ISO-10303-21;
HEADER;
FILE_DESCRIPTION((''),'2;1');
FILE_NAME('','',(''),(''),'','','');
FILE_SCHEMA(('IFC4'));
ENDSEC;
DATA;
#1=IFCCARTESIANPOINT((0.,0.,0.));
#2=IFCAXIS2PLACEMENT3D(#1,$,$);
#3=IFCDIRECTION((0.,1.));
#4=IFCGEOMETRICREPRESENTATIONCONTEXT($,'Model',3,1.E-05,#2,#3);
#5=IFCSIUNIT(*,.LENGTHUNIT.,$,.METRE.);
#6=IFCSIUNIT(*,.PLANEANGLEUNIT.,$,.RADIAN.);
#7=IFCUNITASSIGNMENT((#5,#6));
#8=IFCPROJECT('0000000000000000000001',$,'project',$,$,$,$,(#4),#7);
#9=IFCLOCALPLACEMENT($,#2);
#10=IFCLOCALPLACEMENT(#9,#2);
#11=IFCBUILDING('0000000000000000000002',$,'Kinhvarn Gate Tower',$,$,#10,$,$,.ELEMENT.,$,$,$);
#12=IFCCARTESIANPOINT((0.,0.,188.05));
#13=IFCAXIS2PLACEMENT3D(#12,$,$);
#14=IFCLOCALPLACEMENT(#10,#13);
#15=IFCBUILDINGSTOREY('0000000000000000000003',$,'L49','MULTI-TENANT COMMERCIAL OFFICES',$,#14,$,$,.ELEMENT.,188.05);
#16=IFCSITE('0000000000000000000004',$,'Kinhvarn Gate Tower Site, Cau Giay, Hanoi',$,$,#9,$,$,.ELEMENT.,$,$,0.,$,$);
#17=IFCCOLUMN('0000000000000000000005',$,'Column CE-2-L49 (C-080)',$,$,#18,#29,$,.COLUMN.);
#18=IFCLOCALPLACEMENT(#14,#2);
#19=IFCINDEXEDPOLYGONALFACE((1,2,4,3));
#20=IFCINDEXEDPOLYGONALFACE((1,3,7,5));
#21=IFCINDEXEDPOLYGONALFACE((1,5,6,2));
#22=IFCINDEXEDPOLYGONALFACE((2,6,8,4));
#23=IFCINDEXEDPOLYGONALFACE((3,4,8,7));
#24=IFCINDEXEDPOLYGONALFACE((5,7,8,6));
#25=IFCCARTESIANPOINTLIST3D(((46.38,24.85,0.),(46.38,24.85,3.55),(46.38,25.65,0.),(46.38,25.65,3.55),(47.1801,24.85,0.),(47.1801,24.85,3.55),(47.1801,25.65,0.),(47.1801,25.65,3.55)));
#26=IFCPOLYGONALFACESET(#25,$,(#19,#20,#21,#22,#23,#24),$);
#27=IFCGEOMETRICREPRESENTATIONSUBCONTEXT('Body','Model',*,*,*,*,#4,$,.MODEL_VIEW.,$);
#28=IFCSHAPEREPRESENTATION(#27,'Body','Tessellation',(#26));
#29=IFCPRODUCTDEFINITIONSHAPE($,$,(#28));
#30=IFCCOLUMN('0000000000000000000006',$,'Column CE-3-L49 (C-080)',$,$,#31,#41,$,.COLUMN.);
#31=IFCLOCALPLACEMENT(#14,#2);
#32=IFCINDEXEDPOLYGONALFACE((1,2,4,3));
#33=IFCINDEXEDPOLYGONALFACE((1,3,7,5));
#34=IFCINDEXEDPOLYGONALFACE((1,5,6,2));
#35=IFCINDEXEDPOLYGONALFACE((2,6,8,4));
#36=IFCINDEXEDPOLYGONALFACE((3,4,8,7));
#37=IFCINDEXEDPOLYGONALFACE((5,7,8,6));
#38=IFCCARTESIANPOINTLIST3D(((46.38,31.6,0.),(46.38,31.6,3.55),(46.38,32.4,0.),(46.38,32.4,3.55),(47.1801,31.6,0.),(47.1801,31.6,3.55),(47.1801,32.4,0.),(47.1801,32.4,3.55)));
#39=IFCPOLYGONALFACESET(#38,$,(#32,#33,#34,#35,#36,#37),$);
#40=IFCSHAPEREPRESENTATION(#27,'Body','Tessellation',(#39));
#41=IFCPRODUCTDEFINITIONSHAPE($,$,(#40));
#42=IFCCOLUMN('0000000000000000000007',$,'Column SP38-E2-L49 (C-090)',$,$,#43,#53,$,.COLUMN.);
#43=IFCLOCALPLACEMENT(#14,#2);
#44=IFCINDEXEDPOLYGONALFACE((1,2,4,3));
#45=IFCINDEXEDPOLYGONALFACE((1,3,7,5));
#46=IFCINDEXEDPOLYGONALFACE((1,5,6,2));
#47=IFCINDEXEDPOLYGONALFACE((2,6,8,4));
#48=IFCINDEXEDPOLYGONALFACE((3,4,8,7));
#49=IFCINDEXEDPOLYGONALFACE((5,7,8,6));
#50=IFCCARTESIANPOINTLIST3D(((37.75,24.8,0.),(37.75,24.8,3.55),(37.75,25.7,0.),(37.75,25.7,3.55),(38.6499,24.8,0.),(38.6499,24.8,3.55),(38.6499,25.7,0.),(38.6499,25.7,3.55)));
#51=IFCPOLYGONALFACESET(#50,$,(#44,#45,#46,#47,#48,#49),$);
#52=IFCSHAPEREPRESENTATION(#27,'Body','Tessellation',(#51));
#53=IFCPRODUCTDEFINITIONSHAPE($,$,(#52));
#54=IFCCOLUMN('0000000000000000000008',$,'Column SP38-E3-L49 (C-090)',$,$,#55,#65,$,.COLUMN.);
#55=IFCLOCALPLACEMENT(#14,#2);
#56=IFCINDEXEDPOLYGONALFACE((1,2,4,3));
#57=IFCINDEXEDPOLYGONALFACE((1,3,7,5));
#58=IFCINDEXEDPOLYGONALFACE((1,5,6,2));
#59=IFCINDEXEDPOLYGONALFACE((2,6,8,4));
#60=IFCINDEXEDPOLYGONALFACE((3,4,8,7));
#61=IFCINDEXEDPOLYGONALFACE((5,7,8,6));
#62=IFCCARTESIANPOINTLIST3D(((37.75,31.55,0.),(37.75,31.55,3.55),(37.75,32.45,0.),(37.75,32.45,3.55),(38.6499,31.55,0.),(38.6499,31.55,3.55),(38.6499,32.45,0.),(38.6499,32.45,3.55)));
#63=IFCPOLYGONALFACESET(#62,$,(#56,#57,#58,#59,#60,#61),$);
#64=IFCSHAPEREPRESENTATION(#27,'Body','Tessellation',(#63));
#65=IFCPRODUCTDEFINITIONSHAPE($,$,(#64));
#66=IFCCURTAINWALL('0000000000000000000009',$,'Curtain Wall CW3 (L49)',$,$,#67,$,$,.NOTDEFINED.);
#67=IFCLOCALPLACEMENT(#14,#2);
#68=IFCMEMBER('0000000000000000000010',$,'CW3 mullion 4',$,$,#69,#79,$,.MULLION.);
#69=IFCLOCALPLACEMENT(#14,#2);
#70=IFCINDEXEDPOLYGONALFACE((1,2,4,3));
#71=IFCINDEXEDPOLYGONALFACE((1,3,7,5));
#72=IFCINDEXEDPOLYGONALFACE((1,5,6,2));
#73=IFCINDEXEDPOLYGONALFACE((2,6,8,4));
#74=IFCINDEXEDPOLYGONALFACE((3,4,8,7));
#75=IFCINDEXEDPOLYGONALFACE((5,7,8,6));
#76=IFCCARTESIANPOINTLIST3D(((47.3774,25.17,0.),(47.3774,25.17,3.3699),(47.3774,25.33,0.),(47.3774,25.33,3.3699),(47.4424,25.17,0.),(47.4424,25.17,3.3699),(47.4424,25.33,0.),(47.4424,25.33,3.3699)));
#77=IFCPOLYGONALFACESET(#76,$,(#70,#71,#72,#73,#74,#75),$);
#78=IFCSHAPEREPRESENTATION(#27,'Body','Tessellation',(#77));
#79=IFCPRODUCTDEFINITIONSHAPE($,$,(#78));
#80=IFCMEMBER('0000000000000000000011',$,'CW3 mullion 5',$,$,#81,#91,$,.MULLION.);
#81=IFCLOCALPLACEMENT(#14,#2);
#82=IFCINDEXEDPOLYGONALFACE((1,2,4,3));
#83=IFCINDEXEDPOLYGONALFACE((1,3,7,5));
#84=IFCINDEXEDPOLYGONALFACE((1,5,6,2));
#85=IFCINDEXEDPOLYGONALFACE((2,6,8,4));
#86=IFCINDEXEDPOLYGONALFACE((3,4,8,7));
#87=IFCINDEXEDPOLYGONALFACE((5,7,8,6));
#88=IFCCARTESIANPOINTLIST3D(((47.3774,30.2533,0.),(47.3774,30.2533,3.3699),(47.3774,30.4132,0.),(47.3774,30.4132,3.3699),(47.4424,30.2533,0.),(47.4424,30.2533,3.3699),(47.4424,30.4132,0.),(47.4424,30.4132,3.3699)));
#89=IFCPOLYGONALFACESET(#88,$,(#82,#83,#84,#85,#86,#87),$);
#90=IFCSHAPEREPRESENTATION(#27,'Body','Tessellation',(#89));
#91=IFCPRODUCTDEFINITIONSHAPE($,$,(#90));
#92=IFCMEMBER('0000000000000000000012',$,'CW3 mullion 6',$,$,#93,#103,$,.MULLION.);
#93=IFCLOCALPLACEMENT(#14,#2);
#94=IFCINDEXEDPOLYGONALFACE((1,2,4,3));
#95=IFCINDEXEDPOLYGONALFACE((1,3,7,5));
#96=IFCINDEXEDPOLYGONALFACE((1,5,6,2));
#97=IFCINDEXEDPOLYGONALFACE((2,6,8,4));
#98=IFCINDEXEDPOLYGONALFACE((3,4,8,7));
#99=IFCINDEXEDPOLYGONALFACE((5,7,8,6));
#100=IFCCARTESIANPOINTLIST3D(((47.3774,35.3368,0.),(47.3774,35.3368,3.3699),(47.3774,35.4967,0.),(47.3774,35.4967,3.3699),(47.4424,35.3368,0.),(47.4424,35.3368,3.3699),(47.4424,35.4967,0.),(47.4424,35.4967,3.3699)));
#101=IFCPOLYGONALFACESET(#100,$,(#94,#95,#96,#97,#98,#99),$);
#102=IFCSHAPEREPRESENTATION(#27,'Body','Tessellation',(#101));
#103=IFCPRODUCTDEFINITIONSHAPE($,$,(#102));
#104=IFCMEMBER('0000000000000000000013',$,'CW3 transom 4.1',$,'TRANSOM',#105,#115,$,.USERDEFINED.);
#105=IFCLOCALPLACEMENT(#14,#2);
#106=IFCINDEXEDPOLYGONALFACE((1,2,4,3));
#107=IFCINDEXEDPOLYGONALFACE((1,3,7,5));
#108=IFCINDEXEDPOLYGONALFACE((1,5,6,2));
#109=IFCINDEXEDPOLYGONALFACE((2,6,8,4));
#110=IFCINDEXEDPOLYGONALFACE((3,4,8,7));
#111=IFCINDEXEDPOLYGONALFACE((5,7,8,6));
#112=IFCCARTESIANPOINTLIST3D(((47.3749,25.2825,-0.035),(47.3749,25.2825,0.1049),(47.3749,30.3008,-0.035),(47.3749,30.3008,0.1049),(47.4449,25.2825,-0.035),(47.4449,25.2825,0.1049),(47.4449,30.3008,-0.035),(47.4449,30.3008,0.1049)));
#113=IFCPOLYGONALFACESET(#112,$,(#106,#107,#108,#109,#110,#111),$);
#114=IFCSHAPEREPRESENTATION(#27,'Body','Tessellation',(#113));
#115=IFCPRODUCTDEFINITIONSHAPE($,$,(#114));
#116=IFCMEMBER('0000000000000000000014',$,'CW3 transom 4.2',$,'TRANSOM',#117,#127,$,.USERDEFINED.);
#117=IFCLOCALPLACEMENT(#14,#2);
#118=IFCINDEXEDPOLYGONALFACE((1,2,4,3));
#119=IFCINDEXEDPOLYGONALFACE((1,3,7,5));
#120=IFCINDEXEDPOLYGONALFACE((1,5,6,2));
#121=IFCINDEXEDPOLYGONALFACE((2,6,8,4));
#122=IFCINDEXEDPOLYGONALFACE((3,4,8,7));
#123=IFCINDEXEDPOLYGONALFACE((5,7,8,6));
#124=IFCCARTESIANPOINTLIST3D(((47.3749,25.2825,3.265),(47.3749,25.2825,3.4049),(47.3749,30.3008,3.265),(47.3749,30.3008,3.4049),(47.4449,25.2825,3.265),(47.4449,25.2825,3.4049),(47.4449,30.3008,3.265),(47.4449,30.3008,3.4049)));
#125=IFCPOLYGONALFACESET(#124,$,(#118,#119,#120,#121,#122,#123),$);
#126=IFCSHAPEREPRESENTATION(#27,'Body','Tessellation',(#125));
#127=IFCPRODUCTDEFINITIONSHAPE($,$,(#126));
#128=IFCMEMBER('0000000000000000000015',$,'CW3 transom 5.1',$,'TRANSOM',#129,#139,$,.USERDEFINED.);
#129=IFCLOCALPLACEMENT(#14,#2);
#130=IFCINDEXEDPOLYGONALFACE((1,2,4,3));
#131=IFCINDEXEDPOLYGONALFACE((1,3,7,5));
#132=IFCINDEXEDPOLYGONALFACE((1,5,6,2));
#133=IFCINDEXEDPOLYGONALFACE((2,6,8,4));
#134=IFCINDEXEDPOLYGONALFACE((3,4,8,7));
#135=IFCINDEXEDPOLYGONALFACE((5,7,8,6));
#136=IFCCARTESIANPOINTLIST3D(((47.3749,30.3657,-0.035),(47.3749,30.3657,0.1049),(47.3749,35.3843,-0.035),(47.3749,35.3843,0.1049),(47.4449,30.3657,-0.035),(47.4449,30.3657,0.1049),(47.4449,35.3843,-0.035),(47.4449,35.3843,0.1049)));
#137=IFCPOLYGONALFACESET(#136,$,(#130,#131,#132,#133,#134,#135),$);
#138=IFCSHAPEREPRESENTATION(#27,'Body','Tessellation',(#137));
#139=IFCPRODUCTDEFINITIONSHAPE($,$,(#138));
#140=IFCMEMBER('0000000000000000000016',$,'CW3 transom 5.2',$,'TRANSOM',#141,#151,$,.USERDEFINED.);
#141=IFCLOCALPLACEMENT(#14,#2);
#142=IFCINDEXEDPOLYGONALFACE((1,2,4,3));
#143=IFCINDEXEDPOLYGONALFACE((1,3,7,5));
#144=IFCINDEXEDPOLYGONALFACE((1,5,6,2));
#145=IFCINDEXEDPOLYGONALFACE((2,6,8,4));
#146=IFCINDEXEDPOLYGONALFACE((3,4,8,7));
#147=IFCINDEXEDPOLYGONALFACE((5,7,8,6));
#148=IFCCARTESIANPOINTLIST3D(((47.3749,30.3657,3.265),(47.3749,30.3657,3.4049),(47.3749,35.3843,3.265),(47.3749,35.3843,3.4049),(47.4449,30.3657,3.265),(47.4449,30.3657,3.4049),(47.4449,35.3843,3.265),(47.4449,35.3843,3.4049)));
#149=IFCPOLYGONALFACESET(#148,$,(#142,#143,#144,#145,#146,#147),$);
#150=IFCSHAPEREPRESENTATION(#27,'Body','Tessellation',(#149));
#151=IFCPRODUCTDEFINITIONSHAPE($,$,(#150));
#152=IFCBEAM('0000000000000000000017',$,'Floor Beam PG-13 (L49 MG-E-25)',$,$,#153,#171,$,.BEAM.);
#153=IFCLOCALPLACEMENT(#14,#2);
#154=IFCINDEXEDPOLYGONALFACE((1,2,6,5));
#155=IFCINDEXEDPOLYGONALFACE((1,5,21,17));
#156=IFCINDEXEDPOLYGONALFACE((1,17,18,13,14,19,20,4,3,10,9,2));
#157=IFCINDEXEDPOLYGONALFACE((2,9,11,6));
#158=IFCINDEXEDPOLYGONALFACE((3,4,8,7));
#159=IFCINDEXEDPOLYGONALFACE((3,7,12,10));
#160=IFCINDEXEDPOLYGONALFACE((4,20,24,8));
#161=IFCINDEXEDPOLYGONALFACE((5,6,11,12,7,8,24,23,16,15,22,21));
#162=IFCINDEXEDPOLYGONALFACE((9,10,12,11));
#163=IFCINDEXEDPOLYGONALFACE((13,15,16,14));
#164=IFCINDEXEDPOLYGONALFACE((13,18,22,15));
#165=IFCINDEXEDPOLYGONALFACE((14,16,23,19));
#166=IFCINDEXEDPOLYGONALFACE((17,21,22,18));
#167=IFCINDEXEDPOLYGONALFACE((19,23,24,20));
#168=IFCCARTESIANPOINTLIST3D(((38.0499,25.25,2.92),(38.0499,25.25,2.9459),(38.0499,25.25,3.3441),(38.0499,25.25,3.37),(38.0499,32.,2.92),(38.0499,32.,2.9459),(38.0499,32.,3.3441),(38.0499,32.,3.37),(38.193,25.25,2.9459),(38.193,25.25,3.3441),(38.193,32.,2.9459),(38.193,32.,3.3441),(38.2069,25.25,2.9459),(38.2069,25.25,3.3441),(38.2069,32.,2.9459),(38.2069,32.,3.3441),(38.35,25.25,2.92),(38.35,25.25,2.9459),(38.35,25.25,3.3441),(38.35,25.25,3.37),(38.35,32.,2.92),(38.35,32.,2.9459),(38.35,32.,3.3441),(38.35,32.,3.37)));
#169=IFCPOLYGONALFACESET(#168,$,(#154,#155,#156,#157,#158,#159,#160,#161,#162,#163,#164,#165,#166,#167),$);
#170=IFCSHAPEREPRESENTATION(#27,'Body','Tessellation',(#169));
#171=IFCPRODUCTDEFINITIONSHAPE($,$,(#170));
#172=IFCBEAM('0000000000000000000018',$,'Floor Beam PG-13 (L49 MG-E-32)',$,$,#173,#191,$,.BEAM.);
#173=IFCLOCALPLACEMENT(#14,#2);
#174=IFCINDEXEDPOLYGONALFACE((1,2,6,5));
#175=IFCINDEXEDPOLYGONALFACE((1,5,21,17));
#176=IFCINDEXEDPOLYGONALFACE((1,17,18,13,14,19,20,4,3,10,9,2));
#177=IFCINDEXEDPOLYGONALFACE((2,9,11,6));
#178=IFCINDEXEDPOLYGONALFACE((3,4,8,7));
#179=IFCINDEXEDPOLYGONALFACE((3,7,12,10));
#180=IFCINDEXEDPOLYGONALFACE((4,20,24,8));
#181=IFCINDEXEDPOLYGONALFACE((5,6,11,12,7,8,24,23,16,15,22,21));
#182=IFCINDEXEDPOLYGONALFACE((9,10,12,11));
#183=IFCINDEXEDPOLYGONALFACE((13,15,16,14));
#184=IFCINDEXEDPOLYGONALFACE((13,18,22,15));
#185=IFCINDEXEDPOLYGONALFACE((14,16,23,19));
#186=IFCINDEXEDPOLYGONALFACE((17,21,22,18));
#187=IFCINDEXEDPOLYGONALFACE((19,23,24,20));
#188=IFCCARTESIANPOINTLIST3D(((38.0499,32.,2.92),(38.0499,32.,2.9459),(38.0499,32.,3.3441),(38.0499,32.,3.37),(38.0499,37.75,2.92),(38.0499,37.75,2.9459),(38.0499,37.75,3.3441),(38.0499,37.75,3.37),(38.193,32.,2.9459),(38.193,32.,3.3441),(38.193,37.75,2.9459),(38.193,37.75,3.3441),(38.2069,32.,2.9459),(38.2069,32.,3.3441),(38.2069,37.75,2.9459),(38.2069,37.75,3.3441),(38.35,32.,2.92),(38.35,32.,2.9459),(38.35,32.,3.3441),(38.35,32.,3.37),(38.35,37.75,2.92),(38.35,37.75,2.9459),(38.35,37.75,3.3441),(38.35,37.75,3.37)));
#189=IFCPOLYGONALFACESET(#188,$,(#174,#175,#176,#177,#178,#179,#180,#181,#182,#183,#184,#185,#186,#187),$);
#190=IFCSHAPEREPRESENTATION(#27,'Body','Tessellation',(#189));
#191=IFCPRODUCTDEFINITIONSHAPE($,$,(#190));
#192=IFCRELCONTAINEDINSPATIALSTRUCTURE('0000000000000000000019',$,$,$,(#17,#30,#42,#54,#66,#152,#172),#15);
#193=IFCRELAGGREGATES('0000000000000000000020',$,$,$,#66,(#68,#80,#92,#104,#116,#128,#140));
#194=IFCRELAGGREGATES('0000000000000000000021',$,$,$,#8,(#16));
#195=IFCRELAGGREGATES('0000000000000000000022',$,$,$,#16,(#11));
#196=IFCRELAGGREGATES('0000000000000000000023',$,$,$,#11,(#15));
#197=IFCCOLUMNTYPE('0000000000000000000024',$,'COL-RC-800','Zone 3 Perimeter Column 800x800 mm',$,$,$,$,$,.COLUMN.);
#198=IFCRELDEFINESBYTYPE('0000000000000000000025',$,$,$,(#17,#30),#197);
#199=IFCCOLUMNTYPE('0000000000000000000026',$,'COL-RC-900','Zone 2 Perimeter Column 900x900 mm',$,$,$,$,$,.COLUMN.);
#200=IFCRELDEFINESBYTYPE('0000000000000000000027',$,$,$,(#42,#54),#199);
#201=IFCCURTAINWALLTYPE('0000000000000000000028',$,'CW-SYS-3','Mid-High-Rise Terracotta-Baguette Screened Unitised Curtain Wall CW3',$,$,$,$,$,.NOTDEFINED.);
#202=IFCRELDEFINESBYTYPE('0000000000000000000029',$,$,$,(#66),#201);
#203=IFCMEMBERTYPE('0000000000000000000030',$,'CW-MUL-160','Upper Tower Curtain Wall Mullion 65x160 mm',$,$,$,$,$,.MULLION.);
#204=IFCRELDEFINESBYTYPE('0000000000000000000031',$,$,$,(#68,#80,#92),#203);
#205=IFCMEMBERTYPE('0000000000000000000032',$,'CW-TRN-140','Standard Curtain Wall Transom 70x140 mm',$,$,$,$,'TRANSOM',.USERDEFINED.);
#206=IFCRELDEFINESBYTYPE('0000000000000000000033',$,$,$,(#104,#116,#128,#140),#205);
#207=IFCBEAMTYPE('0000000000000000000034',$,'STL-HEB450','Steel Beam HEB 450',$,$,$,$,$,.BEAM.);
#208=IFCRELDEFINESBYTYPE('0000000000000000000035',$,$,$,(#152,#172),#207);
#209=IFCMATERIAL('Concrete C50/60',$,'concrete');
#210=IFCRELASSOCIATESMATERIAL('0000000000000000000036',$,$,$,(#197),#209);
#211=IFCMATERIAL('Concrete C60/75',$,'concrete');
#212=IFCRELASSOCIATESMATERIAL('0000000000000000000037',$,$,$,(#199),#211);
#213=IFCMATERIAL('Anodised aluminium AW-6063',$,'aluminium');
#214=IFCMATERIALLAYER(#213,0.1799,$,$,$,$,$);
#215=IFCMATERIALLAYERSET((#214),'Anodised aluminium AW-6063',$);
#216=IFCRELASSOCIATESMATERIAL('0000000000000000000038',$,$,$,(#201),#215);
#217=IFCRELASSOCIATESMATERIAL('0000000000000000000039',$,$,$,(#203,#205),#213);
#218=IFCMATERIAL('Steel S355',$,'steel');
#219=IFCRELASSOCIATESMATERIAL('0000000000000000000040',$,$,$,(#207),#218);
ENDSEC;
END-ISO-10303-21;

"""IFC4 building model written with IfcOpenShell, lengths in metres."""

from ifc_helpers import new_model, si_unit, direction, frame, origin, origin_2d, place, context, subcontext, project, spatial, rectangle, i_section, extrude, material, layer, layer_set, material_profile, profile_set, type_object, element, aggregate, save


model = new_model("IFC4")

# Units and contexts
model_context = context("Model", 3, precision=1e-05, world=origin(), true_north=direction((0.0, 1.0)))
body_context = subcontext(model_context, "Body", "Model", "MODEL_VIEW")
ifc_project = project(units=[si_unit("LENGTHUNIT", "METRE"), si_unit("PLANEANGLEUNIT", "RADIAN")], contexts=[model_context])

# Site, building, storey
site_placement = place(None, origin())
site = spatial("IfcSite", under=ifc_project, at=site_placement, Name="Kinhvarn Gate Tower Site, Cau Giay, Hanoi", CompositionType="ELEMENT", RefElevation=0.0)
building_placement = place(site_placement, origin())
building = spatial("IfcBuilding", under=site, at=building_placement, Name="Kinhvarn Gate Tower", CompositionType="ELEMENT")
storey_placement = place(building_placement, frame((0.0, 0.0, 188.05)))
storey = spatial("IfcBuildingStorey", under=building, at=storey_placement, Name="L49", Description="MULTI-TENANT COMMERCIAL OFFICES", CompositionType="ELEMENT", Elevation=188.05)

# Columns
ifc_material_1 = material(Name="Concrete C50/60", Category="concrete")
ifc_material_profile_1 = material_profile(ifc_material_1, rectangle(XDim=0.8, YDim=0.8, at=origin_2d()), Name="RC 800x800")
ifc_profile_set_1 = profile_set([ifc_material_profile_1], Name="Concrete C50/60")
column_type_1 = type_object("IfcColumnType", Name="COL-RC-800", Description="Zone 3 Perimeter Column 800x800 mm", PredefinedType="COLUMN", material=ifc_profile_set_1)
for number, where, z_axis, x_axis, name in (
    (1, (46.78, 25.25, 0.0), (0.0, 0.0, 1.0), (1.0, 0.0, 0.0), "Column CE-2-L49 (C-080)"),
    (2, (46.78, 32.0, 0.0), (0.0, 0.0, 1.0), (1.0, 0.0, 0.0), "Column CE-3-L49 (C-080)"),
):
    element("IfcColumn", number, at=place(storey_placement, frame(where, z_axis=z_axis, x_axis=x_axis)), inside=storey, type_object=column_type_1, Name=name, PredefinedType="COLUMN", context=body_context, shape_type="SweptSolid", body=[
        extrude(rectangle(XDim=0.8, YDim=0.8, at=origin_2d()), origin(), (0.0, 0.0, 1.0), 3.55),
    ])
ifc_material_2 = material(Name="Concrete C60/75", Category="concrete")
ifc_material_profile_2 = material_profile(ifc_material_2, rectangle(XDim=0.8999, YDim=0.8999, at=origin_2d()), Name="RC 900x900")
ifc_profile_set_2 = profile_set([ifc_material_profile_2], Name="Concrete C60/75")
column_type_2 = type_object("IfcColumnType", Name="COL-RC-900", Description="Zone 2 Perimeter Column 900x900 mm", PredefinedType="COLUMN", material=ifc_profile_set_2)
for number, where, z_axis, x_axis, name in (
    (3, (38.2, 25.25, 0.0), (0.0, 0.0, 1.0), (1.0, 0.0, 0.0), "Column SP38-E2-L49 (C-090)"),
    (4, (38.2, 32.0, 0.0), (0.0, 0.0, 1.0), (1.0, 0.0, 0.0), "Column SP38-E3-L49 (C-090)"),
):
    element("IfcColumn", number, at=place(storey_placement, frame(where, z_axis=z_axis, x_axis=x_axis)), inside=storey, type_object=column_type_2, Name=name, PredefinedType="COLUMN", context=body_context, shape_type="SweptSolid", body=[
        extrude(rectangle(XDim=0.8999, YDim=0.8999, at=origin_2d()), origin(), (0.0, 0.0, 1.0), 3.55),
    ])

# Curtain wall, members
ifc_material_3 = material(Name="Anodised aluminium AW-6063", Category="aluminium")
ifc_layer_1 = layer(ifc_material_3, 0.1799)
ifc_layer_set_1 = layer_set([ifc_layer_1], Name="Anodised aluminium AW-6063")
curtain_wall_type = type_object("IfcCurtainWallType", Name="CW-SYS-3", Description="Mid-High-Rise Terracotta-Baguette Screened Unitised Curtain Wall CW3", PredefinedType="NOTDEFINED", material=ifc_layer_set_1)
curtain_wall_placement = place(storey_placement, origin())
curtain_wall = element("IfcCurtainWall", 5, at=curtain_wall_placement, inside=storey, type_object=curtain_wall_type, Name="Curtain Wall CW3 (L49)", PredefinedType="NOTDEFINED")
ifc_material_profile_3 = material_profile(ifc_material_3, rectangle(XDim=0.0649, YDim=0.1599, at=origin_2d()), Name="ALU 65x160")
ifc_profile_set_3 = profile_set([ifc_material_profile_3], Name="Anodised aluminium AW-6063")
member_type_1 = type_object("IfcMemberType", Name="CW-MUL-160", Description="Upper Tower Curtain Wall Mullion 65x160 mm", PredefinedType="MULLION", material=ifc_profile_set_3)
member_1_placement = place(storey_placement, frame((47.4099, 25.25, 0.0), z_axis=(0.0, 0.0, 1.0), x_axis=(-1.0, 0.0, 0.0)))
member_1 = element("IfcMember", 6, at=member_1_placement, type_object=member_type_1, Name="CW3 mullion 4", PredefinedType="MULLION", context=body_context, shape_type="SweptSolid", body=[
    extrude(rectangle(XDim=0.0649, YDim=0.1599, at=origin_2d()), origin(), (0.0, 0.0, 1.0), 3.3699),
])
member_2_placement = place(storey_placement, frame((47.4099, 30.3333, 0.0), z_axis=(0.0, 0.0, 1.0), x_axis=(-1.0, 0.0, 0.0)))
member_2 = element("IfcMember", 7, at=member_2_placement, type_object=member_type_1, Name="CW3 mullion 5", PredefinedType="MULLION", context=body_context, shape_type="SweptSolid", body=[
    extrude(rectangle(XDim=0.0649, YDim=0.1599, at=origin_2d()), origin(), (0.0, 0.0, 1.0), 3.3699),
])
member_3_placement = place(storey_placement, frame((47.4099, 35.4167, 0.0), z_axis=(0.0, 0.0, 1.0), x_axis=(-1.0, 0.0, 0.0)))
member_3 = element("IfcMember", 8, at=member_3_placement, type_object=member_type_1, Name="CW3 mullion 6", PredefinedType="MULLION", context=body_context, shape_type="SweptSolid", body=[
    extrude(rectangle(XDim=0.0649, YDim=0.1599, at=origin_2d()), origin(), (0.0, 0.0, 1.0), 3.3699),
])
ifc_material_profile_4 = material_profile(ifc_material_3, rectangle(XDim=0.0701, YDim=0.1399, at=origin_2d()), Name="ALU 70x140")
ifc_profile_set_4 = profile_set([ifc_material_profile_4], Name="Anodised aluminium AW-6063")
member_type_2 = type_object("IfcMemberType", Name="CW-TRN-140", Description="Standard Curtain Wall Transom 70x140 mm", ElementType="TRANSOM", PredefinedType="USERDEFINED", material=ifc_profile_set_4)
member_4_placement = place(storey_placement, frame((47.4099, 25.2825, 0.0349), z_axis=(0.0, 1.0, 0.0), x_axis=(-1.0, 0.0, 0.0)))
member_4 = element("IfcMember", 9, at=member_4_placement, type_object=member_type_2, Name="CW3 transom 4.1", ObjectType="TRANSOM", PredefinedType="USERDEFINED", context=body_context, shape_type="SweptSolid", body=[
    extrude(rectangle(XDim=0.0701, YDim=0.1399, at=origin_2d()), origin(), (0.0, 0.0, 1.0), 5.0183),
])
member_5_placement = place(storey_placement, frame((47.4099, 25.2825, 3.335), z_axis=(0.0, 1.0, 0.0), x_axis=(-1.0, 0.0, 0.0)))
member_5 = element("IfcMember", 10, at=member_5_placement, type_object=member_type_2, Name="CW3 transom 4.2", ObjectType="TRANSOM", PredefinedType="USERDEFINED", context=body_context, shape_type="SweptSolid", body=[
    extrude(rectangle(XDim=0.0701, YDim=0.1399, at=origin_2d()), origin(), (0.0, 0.0, 1.0), 5.0183),
])
member_6_placement = place(storey_placement, frame((47.4099, 30.3657, 0.0349), z_axis=(0.0, 1.0, 0.0), x_axis=(-1.0, 0.0, 0.0)))
member_6 = element("IfcMember", 11, at=member_6_placement, type_object=member_type_2, Name="CW3 transom 5.1", ObjectType="TRANSOM", PredefinedType="USERDEFINED", context=body_context, shape_type="SweptSolid", body=[
    extrude(rectangle(XDim=0.0701, YDim=0.1399, at=origin_2d()), origin(), (0.0, 0.0, 1.0), 5.0186),
])
member_7_placement = place(storey_placement, frame((47.4099, 30.3657, 3.335), z_axis=(0.0, 1.0, 0.0), x_axis=(-1.0, 0.0, 0.0)))
member_7 = element("IfcMember", 12, at=member_7_placement, type_object=member_type_2, Name="CW3 transom 5.2", ObjectType="TRANSOM", PredefinedType="USERDEFINED", context=body_context, shape_type="SweptSolid", body=[
    extrude(rectangle(XDim=0.0701, YDim=0.1399, at=origin_2d()), origin(), (0.0, 0.0, 1.0), 5.0186),
])

# Beams
ifc_material_4 = material(Name="Steel S355", Category="steel")
ifc_material_profile_5 = material_profile(ifc_material_4, i_section(OverallWidth=0.3, OverallDepth=0.45, WebThickness=0.0139, FlangeThickness=0.0259, at=origin_2d()), Name="HEB 450")
ifc_profile_set_5 = profile_set([ifc_material_profile_5], Name="Steel S355")
beam_type_1 = type_object("IfcBeamType", Name="STL-HEB450", Description="Steel Beam HEB 450", PredefinedType="BEAM", material=ifc_profile_set_5)
beam_1_placement = place(storey_placement, frame((38.2, 25.25, 3.145), z_axis=(0.0, 1.0, 0.0), x_axis=(-1.0, 0.0, 0.0)))
element("IfcBeam", 13, at=beam_1_placement, inside=storey, type_object=beam_type_1, Name="Floor Beam PG-13 (L49 MG-E-25)", PredefinedType="BEAM", context=body_context, shape_type="SweptSolid", body=[
    extrude(i_section(OverallWidth=0.3, OverallDepth=0.45, WebThickness=0.0139, FlangeThickness=0.0259, at=origin_2d()), origin(), (0.0, 0.0, 1.0), 6.75),
])
beam_2_placement = place(storey_placement, frame((38.2, 32.0, 3.145), z_axis=(0.0, 1.0, 0.0), x_axis=(-1.0, 0.0, 0.0)))
element("IfcBeam", 14, at=beam_2_placement, inside=storey, type_object=beam_type_1, Name="Floor Beam PG-13 (L49 MG-E-32)", PredefinedType="BEAM", context=body_context, shape_type="SweptSolid", body=[
    extrude(i_section(OverallWidth=0.3, OverallDepth=0.45, WebThickness=0.0139, FlangeThickness=0.0259, at=origin_2d()), origin(), (0.0, 0.0, 1.0), 5.75),
])

aggregate(curtain_wall, [member_1, member_2, member_3, member_4, member_5, member_6, member_7])

save(model, "model.ifc")
